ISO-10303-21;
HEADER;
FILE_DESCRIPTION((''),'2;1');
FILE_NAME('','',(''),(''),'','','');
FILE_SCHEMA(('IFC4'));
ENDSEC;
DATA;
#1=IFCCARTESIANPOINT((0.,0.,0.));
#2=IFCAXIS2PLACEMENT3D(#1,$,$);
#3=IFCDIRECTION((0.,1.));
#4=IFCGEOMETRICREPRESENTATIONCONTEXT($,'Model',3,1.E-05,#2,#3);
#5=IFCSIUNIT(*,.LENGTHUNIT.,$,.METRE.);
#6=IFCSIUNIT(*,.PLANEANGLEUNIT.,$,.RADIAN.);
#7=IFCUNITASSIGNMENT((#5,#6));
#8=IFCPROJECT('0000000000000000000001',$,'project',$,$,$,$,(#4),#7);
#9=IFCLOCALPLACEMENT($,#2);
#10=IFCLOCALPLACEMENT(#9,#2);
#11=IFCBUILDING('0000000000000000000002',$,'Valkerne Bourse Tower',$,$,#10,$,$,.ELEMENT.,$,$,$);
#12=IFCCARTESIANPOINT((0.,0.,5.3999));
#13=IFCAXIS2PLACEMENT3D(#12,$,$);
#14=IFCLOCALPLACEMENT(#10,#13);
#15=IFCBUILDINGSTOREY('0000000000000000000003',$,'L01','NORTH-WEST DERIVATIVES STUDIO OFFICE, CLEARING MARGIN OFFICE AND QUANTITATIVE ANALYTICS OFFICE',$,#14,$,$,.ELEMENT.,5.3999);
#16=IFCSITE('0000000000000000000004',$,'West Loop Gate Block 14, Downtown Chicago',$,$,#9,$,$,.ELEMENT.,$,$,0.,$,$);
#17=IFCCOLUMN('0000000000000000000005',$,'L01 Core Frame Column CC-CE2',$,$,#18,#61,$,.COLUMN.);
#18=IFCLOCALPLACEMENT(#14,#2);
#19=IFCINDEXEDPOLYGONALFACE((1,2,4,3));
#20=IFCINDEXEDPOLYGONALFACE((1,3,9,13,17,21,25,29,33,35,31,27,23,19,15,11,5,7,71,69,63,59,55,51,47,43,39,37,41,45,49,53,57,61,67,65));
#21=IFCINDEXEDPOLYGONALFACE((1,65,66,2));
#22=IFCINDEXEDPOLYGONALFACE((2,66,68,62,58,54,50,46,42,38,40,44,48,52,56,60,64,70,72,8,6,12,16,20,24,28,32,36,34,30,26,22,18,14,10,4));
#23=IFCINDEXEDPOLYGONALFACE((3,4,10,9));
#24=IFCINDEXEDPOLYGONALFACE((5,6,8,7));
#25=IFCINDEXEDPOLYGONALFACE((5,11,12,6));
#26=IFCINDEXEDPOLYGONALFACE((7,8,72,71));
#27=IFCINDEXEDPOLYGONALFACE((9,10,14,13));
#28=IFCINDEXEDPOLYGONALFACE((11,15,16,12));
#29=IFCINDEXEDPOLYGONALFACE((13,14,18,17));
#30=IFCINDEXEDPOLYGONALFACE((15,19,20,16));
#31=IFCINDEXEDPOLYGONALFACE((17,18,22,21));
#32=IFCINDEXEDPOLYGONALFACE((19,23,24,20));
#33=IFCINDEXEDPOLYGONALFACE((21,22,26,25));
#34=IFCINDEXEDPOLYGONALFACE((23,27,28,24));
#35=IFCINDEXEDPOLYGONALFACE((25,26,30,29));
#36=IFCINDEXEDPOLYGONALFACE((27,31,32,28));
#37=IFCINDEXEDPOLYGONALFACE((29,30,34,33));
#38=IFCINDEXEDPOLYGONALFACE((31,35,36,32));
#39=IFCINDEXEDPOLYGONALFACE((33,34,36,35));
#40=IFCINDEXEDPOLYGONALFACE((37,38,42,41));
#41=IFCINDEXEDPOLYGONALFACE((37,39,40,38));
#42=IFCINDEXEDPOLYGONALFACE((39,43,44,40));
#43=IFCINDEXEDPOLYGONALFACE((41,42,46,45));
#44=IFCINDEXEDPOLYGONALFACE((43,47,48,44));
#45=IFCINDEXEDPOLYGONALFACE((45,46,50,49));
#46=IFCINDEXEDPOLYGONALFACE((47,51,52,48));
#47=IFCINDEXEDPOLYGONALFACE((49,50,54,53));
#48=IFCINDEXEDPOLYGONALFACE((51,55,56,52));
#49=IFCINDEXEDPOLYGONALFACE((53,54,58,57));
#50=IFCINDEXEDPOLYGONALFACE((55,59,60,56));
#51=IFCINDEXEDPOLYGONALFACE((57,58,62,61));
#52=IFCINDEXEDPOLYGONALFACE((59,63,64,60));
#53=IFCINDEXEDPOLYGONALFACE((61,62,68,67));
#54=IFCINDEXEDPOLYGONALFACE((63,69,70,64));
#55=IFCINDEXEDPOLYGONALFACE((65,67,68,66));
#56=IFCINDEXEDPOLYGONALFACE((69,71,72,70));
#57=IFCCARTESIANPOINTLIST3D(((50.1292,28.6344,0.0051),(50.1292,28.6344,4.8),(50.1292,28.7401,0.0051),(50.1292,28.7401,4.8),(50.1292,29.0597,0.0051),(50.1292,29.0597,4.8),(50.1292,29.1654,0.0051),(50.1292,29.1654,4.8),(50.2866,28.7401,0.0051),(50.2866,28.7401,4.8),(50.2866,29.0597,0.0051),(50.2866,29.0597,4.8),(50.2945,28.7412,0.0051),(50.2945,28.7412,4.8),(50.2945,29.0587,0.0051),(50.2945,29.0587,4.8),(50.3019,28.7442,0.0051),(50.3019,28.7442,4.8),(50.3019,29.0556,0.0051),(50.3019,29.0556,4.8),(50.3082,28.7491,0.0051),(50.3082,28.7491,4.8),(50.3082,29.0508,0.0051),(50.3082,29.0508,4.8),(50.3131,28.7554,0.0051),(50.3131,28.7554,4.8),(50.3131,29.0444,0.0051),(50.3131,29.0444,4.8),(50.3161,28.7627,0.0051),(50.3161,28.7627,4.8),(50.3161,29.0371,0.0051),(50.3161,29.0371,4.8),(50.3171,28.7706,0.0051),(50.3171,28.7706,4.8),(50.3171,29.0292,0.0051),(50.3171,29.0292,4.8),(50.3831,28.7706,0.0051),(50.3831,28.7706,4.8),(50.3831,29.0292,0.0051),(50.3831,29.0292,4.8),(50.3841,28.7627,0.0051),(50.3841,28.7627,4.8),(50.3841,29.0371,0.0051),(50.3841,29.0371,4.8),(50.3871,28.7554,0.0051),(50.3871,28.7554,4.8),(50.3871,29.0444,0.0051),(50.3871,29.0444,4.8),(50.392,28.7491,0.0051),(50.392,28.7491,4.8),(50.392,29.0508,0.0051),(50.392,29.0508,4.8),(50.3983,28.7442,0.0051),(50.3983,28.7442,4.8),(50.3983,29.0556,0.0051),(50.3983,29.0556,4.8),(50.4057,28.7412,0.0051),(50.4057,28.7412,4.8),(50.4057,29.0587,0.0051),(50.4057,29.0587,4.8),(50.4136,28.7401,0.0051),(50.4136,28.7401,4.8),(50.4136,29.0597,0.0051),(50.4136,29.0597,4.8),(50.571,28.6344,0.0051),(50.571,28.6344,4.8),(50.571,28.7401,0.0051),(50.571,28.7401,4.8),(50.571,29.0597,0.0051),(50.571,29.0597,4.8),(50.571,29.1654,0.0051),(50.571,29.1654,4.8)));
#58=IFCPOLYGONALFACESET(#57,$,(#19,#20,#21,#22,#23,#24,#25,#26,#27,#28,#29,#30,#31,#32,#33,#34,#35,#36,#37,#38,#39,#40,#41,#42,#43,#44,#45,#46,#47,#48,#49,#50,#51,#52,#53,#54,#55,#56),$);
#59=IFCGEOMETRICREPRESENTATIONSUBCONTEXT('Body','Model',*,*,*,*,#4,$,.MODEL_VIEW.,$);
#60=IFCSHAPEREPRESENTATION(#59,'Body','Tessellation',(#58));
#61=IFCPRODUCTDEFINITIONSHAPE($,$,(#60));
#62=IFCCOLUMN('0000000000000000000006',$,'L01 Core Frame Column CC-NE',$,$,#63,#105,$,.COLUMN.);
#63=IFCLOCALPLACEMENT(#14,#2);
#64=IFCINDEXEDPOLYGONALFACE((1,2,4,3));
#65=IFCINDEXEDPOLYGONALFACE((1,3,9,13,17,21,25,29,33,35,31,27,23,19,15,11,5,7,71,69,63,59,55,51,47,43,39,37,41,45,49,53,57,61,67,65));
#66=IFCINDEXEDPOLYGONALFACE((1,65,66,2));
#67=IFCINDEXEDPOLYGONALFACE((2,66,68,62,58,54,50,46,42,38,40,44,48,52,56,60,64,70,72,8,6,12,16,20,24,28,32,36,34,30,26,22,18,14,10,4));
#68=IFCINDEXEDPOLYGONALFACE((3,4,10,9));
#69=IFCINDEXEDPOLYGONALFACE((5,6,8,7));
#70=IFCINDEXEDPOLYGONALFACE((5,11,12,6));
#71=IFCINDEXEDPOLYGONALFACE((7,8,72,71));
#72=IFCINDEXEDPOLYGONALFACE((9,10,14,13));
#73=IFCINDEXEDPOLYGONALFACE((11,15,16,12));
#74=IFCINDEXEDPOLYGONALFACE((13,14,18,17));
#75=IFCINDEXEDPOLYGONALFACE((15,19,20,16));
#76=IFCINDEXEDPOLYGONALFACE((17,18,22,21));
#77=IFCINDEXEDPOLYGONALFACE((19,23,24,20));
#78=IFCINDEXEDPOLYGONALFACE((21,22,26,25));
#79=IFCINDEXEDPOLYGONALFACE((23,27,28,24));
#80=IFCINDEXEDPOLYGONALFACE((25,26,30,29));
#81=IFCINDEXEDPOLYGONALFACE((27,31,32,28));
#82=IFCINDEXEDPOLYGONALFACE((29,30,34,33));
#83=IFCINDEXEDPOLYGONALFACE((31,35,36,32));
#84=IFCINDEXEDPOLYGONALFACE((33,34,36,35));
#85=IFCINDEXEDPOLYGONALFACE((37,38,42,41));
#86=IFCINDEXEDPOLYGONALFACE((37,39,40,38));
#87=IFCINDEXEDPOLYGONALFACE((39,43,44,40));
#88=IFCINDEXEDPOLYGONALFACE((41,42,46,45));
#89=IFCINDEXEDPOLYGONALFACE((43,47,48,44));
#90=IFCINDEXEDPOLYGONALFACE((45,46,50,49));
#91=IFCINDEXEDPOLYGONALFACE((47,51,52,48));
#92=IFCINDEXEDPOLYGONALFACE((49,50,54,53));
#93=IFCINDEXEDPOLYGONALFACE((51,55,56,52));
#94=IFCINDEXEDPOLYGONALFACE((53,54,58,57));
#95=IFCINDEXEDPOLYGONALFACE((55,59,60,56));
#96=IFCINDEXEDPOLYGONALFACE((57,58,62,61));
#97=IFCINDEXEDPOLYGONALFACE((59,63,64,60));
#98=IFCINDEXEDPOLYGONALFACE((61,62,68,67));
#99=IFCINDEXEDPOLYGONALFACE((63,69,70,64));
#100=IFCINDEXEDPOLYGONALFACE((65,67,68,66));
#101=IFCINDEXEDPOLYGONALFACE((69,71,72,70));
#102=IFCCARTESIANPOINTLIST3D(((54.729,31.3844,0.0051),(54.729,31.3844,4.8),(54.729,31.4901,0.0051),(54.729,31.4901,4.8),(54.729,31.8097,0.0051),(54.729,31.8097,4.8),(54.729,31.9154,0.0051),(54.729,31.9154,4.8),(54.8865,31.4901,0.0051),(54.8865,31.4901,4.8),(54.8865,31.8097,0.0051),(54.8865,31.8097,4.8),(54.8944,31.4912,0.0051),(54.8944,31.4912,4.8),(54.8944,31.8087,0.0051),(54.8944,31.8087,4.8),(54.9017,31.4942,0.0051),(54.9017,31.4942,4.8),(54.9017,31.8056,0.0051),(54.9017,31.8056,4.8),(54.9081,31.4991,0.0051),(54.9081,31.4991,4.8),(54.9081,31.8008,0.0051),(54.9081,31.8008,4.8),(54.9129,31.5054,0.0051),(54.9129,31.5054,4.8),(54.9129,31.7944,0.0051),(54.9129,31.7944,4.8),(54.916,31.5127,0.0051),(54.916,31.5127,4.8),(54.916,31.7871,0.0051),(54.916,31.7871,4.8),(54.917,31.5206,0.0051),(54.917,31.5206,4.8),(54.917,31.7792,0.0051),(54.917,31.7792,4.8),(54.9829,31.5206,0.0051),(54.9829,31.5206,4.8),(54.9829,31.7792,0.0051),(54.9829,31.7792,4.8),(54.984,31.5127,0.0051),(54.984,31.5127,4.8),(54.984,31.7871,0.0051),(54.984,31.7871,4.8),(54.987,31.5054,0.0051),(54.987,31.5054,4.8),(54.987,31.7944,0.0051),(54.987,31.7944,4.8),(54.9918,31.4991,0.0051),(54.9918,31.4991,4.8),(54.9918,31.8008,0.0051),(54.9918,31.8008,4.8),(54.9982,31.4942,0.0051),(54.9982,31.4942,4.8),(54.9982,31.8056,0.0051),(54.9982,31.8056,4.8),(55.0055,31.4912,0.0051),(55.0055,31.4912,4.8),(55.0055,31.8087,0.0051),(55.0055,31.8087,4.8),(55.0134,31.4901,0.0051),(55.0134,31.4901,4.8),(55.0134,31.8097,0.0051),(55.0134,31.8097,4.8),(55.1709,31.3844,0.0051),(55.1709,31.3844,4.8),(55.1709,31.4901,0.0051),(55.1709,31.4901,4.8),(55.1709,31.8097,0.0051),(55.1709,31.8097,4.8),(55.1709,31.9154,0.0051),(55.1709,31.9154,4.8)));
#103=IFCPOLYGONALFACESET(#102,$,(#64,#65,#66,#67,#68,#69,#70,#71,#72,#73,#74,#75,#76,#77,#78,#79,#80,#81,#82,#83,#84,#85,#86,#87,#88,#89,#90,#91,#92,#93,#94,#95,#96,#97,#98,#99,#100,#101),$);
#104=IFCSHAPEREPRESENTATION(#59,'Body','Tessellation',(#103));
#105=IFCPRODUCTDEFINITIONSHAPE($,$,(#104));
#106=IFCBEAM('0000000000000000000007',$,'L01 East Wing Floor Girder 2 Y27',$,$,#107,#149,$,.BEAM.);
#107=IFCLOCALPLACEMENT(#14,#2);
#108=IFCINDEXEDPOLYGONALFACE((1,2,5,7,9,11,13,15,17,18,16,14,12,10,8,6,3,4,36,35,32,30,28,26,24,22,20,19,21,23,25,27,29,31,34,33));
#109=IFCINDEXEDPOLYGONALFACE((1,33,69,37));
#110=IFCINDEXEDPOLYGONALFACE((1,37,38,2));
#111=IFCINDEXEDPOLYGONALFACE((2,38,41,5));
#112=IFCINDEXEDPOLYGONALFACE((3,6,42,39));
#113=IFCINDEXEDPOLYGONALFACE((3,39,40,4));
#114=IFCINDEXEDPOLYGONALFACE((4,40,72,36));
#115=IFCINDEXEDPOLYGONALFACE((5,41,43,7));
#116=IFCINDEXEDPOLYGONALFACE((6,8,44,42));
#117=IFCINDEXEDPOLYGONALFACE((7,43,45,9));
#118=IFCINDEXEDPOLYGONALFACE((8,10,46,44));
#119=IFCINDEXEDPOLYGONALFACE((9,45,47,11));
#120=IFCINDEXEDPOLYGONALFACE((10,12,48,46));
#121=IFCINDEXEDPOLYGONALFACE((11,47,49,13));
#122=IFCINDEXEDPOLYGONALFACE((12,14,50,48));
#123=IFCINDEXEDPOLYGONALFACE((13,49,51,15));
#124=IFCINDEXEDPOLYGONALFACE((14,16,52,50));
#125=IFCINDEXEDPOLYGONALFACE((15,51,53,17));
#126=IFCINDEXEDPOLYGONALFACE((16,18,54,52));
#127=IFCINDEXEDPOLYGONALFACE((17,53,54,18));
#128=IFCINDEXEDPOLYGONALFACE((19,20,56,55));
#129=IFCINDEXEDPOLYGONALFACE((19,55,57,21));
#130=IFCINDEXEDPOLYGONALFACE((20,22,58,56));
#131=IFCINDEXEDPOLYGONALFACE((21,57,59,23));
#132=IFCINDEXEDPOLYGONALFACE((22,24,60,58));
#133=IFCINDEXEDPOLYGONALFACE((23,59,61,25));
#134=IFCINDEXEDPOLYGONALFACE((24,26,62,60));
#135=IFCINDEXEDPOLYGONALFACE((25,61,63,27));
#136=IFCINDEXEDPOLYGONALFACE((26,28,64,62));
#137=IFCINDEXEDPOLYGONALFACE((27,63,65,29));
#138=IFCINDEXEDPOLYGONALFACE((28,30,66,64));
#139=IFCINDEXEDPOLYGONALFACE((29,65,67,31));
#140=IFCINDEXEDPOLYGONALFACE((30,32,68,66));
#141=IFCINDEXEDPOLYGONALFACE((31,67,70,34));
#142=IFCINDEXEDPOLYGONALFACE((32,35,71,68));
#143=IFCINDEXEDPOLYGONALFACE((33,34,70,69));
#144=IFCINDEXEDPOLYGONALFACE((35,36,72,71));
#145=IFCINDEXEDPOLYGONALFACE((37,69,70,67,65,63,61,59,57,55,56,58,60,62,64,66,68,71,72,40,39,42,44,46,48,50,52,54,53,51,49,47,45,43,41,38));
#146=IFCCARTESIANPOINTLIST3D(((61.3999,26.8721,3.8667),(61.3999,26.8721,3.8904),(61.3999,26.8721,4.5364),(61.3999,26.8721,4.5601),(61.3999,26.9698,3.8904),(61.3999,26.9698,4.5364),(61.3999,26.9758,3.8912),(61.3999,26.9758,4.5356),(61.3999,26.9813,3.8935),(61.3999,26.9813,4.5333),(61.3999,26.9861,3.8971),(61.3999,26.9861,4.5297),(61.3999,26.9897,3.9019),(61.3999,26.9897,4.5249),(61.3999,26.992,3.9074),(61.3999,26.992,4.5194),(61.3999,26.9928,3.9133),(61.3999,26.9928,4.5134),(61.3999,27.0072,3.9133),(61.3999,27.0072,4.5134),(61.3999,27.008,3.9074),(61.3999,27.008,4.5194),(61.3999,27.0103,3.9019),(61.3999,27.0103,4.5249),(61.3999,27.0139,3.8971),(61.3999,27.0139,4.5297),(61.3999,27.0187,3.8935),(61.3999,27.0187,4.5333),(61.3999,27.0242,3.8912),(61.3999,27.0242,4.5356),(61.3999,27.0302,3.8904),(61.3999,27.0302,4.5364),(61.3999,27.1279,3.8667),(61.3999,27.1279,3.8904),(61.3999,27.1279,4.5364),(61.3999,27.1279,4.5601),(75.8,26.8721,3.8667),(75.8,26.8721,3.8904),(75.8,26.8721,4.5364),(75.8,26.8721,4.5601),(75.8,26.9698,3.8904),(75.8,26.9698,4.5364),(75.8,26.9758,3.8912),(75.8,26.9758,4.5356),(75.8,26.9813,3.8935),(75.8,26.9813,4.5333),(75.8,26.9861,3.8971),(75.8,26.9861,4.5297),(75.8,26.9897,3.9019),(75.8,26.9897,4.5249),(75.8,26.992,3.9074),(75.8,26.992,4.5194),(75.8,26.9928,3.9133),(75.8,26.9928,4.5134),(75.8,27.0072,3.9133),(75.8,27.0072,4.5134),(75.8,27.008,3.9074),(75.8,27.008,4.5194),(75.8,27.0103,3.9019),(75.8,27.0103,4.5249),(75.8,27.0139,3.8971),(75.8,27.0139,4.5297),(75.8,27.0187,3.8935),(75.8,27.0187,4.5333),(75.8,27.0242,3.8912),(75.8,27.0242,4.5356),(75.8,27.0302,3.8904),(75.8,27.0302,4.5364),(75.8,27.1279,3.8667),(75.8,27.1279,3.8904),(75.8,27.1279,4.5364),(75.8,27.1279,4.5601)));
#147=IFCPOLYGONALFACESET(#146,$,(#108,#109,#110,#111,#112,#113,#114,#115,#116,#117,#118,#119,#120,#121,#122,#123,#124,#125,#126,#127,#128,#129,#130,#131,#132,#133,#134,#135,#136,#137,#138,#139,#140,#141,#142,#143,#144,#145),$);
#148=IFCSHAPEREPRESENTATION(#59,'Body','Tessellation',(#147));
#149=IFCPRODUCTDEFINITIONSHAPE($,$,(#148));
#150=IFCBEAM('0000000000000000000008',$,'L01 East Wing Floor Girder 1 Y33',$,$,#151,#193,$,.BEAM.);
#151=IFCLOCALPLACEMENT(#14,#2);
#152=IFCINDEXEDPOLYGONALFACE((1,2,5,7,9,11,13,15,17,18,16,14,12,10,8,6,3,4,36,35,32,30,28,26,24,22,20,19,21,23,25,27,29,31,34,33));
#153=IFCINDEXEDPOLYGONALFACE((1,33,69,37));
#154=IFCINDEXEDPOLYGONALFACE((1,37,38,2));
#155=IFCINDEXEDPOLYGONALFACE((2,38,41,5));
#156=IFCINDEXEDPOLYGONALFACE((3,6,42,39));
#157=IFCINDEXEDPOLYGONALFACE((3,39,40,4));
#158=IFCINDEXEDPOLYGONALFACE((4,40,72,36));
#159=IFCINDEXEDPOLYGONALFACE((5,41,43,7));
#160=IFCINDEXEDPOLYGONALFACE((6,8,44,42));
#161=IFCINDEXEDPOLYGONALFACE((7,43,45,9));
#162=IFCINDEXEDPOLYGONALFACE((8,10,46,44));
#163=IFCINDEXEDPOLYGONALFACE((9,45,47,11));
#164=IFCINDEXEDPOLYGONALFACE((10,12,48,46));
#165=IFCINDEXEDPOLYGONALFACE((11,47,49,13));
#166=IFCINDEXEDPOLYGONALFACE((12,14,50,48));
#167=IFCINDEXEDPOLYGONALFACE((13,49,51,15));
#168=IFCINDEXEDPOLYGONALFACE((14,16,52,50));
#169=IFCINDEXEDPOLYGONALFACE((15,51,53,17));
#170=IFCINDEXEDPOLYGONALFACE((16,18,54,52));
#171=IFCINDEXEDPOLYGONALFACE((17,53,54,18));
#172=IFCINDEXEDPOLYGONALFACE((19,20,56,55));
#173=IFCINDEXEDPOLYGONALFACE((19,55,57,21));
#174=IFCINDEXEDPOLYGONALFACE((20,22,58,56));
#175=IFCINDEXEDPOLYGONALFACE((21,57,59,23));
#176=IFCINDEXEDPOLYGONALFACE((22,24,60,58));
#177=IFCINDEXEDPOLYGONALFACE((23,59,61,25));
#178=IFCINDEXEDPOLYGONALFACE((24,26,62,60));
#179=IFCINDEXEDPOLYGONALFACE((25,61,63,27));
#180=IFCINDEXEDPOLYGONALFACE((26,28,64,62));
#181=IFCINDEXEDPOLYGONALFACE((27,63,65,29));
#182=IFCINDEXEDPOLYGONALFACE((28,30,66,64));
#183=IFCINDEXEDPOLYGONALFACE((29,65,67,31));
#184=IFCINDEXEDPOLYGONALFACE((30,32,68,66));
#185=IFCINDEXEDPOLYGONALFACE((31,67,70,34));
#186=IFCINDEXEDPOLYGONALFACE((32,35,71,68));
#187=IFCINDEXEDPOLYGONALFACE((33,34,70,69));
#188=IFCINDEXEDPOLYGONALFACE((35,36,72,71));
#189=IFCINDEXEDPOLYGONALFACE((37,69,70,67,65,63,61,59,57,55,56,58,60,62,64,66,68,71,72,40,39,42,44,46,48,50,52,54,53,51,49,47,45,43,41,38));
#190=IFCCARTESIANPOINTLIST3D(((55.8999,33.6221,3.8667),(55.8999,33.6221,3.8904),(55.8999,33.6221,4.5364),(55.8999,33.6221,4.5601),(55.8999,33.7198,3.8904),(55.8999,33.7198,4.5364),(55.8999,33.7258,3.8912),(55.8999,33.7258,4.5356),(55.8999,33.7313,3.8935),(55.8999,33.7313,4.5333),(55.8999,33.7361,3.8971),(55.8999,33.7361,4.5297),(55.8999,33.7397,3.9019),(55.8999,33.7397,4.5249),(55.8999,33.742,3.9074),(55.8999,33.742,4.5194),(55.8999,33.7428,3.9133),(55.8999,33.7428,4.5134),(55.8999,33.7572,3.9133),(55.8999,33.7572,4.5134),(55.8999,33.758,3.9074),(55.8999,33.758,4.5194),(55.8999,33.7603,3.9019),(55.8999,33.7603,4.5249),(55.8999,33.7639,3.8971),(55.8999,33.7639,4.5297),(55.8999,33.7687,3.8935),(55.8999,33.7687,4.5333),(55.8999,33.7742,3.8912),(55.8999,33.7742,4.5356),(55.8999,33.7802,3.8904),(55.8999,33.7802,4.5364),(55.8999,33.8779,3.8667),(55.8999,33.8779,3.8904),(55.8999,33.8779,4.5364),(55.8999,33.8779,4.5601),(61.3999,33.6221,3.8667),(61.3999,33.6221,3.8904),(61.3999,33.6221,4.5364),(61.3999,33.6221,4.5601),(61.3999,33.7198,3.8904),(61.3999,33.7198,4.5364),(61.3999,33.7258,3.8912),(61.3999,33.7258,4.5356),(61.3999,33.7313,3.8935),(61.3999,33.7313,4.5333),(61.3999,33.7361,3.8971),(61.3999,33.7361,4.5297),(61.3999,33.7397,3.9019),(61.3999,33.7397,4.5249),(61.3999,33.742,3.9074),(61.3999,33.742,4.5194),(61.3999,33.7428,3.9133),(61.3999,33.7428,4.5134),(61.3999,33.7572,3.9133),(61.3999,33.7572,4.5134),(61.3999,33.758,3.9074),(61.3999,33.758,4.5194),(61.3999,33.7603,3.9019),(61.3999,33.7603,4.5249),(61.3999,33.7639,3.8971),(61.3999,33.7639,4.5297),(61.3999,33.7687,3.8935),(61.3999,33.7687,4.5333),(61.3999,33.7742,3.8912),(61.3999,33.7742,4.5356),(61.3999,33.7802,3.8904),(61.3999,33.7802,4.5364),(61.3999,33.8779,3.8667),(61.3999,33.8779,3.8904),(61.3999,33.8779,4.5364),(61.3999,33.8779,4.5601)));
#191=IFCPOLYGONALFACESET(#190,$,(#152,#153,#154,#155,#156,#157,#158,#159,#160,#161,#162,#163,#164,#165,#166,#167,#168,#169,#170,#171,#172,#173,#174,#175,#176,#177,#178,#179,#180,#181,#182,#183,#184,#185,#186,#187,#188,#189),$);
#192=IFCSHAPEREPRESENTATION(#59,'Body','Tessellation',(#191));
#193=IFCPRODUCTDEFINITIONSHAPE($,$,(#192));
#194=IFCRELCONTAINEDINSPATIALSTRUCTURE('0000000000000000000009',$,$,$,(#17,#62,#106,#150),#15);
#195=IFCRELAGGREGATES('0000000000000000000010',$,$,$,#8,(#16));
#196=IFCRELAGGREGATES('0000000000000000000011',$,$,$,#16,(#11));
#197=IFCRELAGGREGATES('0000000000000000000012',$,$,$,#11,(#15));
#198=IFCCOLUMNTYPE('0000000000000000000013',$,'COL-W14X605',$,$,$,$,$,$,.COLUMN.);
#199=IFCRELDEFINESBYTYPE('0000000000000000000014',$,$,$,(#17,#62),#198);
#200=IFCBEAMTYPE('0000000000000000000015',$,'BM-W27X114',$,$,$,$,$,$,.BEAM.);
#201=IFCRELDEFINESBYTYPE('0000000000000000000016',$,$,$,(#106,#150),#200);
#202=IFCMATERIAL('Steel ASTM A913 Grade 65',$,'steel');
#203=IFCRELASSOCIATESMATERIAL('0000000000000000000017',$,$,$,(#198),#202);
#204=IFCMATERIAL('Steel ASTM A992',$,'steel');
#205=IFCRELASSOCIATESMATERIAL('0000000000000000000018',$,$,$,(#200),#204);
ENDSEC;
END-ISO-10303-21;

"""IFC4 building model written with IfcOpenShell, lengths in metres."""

from ifc_helpers import new_model, si_unit, direction, frame, origin, origin_2d, place, context, subcontext, project, spatial, i_section, extrude, material, material_profile, profile_set, type_object, element, save


model = new_model("IFC4")

# Units and contexts
model_context = context("Model", 3, precision=1e-05, world=origin(), true_north=direction((0.0, 1.0)))
body_context = subcontext(model_context, "Body", "Model", "MODEL_VIEW")
ifc_project = project(units=[si_unit("LENGTHUNIT", "METRE"), si_unit("PLANEANGLEUNIT", "RADIAN")], contexts=[model_context])

# Site, building, storey
site_placement = place(None, origin())
site = spatial("IfcSite", under=ifc_project, at=site_placement, Name="West Loop Gate Block 14, Downtown Chicago", CompositionType="ELEMENT", RefElevation=0.0)
building_placement = place(site_placement, origin())
building = spatial("IfcBuilding", under=site, at=building_placement, Name="Valkerne Bourse Tower", CompositionType="ELEMENT")
storey_placement = place(building_placement, frame((0.0, 0.0, 5.3999)))
storey = spatial("IfcBuildingStorey", under=building, at=storey_placement, Name="L01", Description="NORTH-WEST DERIVATIVES STUDIO OFFICE, CLEARING MARGIN OFFICE AND QUANTITATIVE ANALYTICS OFFICE", CompositionType="ELEMENT", Elevation=5.3999)

# Columns
ifc_material_1 = material(Name="Steel ASTM A913 Grade 65", Category="steel")
ifc_material_profile_1 = material_profile(ifc_material_1, i_section(OverallWidth=0.4419, OverallDepth=0.531, WebThickness=0.0659, FlangeThickness=0.1057, FilletRadius=0.0305, at=origin_2d()), Name="W14X605")
ifc_profile_set_1 = profile_set([ifc_material_profile_1], Name="Steel ASTM A913 Grade 65")
column_type = type_object("IfcColumnType", Name="COL-W14X605", PredefinedType="COLUMN", material=ifc_profile_set_1)
for number, where, z_axis, x_axis, name in (
    (1, (50.3501, 28.8999, 0.0051), (0.0, 0.0, 1.0), (1.0, 0.0, 0.0), "L01 Core Frame Column CC-CE2"),
    (2, (54.95, 31.6499, 0.0051), (0.0, 0.0, 1.0), (1.0, 0.0, 0.0), "L01 Core Frame Column CC-NE"),
):
    element("IfcColumn", number, at=place(storey_placement, frame(where, z_axis=z_axis, x_axis=x_axis)), inside=storey, type_object=column_type, Name=name, PredefinedType="COLUMN", context=body_context, shape_type="SweptSolid", body=[
        extrude(i_section(OverallWidth=0.4419, OverallDepth=0.531, WebThickness=0.0659, FlangeThickness=0.1057, FilletRadius=0.0305, at=origin_2d()), origin(), (0.0, 0.0, 1.0), 4.7949),
    ])

# Beams
ifc_material_2 = material(Name="Steel ASTM A992", Category="steel")
ifc_material_profile_2 = material_profile(ifc_material_2, i_section(OverallWidth=0.2559, OverallDepth=0.6934, WebThickness=0.0144, FlangeThickness=0.0237, FilletRadius=0.0229, at=origin_2d()), Name="W27X114")
ifc_profile_set_2 = profile_set([ifc_material_profile_2], Name="Steel ASTM A992")
beam_type = type_object("IfcBeamType", Name="BM-W27X114", PredefinedType="BEAM", material=ifc_profile_set_2)
beam_1_placement = place(storey_placement, frame((61.3999, 27.0, 4.2134), z_axis=(1.0, 0.0, 0.0), x_axis=(0.0, 1.0, 0.0)))
element("IfcBeam", 3, at=beam_1_placement, inside=storey, type_object=beam_type, Name="L01 East Wing Floor Girder 2 Y27", PredefinedType="BEAM", context=body_context, shape_type="SweptSolid", body=[
    extrude(i_section(OverallWidth=0.2559, OverallDepth=0.6934, WebThickness=0.0144, FlangeThickness=0.0237, FilletRadius=0.0229, at=origin_2d()), origin(), (0.0, 0.0, 1.0), 14.4001),
])
beam_2_placement = place(storey_placement, frame((55.8999, 33.75, 4.2134), z_axis=(1.0, 0.0, 0.0), x_axis=(0.0, 1.0, 0.0)))
element("IfcBeam", 4, at=beam_2_placement, inside=storey, type_object=beam_type, Name="L01 East Wing Floor Girder 1 Y33", PredefinedType="BEAM", context=body_context, shape_type="SweptSolid", body=[
    extrude(i_section(OverallWidth=0.2559, OverallDepth=0.6934, WebThickness=0.0144, FlangeThickness=0.0237, FilletRadius=0.0229, at=origin_2d()), origin(), (0.0, 0.0, 1.0), 5.5),
])

save(model, "model.ifc")
